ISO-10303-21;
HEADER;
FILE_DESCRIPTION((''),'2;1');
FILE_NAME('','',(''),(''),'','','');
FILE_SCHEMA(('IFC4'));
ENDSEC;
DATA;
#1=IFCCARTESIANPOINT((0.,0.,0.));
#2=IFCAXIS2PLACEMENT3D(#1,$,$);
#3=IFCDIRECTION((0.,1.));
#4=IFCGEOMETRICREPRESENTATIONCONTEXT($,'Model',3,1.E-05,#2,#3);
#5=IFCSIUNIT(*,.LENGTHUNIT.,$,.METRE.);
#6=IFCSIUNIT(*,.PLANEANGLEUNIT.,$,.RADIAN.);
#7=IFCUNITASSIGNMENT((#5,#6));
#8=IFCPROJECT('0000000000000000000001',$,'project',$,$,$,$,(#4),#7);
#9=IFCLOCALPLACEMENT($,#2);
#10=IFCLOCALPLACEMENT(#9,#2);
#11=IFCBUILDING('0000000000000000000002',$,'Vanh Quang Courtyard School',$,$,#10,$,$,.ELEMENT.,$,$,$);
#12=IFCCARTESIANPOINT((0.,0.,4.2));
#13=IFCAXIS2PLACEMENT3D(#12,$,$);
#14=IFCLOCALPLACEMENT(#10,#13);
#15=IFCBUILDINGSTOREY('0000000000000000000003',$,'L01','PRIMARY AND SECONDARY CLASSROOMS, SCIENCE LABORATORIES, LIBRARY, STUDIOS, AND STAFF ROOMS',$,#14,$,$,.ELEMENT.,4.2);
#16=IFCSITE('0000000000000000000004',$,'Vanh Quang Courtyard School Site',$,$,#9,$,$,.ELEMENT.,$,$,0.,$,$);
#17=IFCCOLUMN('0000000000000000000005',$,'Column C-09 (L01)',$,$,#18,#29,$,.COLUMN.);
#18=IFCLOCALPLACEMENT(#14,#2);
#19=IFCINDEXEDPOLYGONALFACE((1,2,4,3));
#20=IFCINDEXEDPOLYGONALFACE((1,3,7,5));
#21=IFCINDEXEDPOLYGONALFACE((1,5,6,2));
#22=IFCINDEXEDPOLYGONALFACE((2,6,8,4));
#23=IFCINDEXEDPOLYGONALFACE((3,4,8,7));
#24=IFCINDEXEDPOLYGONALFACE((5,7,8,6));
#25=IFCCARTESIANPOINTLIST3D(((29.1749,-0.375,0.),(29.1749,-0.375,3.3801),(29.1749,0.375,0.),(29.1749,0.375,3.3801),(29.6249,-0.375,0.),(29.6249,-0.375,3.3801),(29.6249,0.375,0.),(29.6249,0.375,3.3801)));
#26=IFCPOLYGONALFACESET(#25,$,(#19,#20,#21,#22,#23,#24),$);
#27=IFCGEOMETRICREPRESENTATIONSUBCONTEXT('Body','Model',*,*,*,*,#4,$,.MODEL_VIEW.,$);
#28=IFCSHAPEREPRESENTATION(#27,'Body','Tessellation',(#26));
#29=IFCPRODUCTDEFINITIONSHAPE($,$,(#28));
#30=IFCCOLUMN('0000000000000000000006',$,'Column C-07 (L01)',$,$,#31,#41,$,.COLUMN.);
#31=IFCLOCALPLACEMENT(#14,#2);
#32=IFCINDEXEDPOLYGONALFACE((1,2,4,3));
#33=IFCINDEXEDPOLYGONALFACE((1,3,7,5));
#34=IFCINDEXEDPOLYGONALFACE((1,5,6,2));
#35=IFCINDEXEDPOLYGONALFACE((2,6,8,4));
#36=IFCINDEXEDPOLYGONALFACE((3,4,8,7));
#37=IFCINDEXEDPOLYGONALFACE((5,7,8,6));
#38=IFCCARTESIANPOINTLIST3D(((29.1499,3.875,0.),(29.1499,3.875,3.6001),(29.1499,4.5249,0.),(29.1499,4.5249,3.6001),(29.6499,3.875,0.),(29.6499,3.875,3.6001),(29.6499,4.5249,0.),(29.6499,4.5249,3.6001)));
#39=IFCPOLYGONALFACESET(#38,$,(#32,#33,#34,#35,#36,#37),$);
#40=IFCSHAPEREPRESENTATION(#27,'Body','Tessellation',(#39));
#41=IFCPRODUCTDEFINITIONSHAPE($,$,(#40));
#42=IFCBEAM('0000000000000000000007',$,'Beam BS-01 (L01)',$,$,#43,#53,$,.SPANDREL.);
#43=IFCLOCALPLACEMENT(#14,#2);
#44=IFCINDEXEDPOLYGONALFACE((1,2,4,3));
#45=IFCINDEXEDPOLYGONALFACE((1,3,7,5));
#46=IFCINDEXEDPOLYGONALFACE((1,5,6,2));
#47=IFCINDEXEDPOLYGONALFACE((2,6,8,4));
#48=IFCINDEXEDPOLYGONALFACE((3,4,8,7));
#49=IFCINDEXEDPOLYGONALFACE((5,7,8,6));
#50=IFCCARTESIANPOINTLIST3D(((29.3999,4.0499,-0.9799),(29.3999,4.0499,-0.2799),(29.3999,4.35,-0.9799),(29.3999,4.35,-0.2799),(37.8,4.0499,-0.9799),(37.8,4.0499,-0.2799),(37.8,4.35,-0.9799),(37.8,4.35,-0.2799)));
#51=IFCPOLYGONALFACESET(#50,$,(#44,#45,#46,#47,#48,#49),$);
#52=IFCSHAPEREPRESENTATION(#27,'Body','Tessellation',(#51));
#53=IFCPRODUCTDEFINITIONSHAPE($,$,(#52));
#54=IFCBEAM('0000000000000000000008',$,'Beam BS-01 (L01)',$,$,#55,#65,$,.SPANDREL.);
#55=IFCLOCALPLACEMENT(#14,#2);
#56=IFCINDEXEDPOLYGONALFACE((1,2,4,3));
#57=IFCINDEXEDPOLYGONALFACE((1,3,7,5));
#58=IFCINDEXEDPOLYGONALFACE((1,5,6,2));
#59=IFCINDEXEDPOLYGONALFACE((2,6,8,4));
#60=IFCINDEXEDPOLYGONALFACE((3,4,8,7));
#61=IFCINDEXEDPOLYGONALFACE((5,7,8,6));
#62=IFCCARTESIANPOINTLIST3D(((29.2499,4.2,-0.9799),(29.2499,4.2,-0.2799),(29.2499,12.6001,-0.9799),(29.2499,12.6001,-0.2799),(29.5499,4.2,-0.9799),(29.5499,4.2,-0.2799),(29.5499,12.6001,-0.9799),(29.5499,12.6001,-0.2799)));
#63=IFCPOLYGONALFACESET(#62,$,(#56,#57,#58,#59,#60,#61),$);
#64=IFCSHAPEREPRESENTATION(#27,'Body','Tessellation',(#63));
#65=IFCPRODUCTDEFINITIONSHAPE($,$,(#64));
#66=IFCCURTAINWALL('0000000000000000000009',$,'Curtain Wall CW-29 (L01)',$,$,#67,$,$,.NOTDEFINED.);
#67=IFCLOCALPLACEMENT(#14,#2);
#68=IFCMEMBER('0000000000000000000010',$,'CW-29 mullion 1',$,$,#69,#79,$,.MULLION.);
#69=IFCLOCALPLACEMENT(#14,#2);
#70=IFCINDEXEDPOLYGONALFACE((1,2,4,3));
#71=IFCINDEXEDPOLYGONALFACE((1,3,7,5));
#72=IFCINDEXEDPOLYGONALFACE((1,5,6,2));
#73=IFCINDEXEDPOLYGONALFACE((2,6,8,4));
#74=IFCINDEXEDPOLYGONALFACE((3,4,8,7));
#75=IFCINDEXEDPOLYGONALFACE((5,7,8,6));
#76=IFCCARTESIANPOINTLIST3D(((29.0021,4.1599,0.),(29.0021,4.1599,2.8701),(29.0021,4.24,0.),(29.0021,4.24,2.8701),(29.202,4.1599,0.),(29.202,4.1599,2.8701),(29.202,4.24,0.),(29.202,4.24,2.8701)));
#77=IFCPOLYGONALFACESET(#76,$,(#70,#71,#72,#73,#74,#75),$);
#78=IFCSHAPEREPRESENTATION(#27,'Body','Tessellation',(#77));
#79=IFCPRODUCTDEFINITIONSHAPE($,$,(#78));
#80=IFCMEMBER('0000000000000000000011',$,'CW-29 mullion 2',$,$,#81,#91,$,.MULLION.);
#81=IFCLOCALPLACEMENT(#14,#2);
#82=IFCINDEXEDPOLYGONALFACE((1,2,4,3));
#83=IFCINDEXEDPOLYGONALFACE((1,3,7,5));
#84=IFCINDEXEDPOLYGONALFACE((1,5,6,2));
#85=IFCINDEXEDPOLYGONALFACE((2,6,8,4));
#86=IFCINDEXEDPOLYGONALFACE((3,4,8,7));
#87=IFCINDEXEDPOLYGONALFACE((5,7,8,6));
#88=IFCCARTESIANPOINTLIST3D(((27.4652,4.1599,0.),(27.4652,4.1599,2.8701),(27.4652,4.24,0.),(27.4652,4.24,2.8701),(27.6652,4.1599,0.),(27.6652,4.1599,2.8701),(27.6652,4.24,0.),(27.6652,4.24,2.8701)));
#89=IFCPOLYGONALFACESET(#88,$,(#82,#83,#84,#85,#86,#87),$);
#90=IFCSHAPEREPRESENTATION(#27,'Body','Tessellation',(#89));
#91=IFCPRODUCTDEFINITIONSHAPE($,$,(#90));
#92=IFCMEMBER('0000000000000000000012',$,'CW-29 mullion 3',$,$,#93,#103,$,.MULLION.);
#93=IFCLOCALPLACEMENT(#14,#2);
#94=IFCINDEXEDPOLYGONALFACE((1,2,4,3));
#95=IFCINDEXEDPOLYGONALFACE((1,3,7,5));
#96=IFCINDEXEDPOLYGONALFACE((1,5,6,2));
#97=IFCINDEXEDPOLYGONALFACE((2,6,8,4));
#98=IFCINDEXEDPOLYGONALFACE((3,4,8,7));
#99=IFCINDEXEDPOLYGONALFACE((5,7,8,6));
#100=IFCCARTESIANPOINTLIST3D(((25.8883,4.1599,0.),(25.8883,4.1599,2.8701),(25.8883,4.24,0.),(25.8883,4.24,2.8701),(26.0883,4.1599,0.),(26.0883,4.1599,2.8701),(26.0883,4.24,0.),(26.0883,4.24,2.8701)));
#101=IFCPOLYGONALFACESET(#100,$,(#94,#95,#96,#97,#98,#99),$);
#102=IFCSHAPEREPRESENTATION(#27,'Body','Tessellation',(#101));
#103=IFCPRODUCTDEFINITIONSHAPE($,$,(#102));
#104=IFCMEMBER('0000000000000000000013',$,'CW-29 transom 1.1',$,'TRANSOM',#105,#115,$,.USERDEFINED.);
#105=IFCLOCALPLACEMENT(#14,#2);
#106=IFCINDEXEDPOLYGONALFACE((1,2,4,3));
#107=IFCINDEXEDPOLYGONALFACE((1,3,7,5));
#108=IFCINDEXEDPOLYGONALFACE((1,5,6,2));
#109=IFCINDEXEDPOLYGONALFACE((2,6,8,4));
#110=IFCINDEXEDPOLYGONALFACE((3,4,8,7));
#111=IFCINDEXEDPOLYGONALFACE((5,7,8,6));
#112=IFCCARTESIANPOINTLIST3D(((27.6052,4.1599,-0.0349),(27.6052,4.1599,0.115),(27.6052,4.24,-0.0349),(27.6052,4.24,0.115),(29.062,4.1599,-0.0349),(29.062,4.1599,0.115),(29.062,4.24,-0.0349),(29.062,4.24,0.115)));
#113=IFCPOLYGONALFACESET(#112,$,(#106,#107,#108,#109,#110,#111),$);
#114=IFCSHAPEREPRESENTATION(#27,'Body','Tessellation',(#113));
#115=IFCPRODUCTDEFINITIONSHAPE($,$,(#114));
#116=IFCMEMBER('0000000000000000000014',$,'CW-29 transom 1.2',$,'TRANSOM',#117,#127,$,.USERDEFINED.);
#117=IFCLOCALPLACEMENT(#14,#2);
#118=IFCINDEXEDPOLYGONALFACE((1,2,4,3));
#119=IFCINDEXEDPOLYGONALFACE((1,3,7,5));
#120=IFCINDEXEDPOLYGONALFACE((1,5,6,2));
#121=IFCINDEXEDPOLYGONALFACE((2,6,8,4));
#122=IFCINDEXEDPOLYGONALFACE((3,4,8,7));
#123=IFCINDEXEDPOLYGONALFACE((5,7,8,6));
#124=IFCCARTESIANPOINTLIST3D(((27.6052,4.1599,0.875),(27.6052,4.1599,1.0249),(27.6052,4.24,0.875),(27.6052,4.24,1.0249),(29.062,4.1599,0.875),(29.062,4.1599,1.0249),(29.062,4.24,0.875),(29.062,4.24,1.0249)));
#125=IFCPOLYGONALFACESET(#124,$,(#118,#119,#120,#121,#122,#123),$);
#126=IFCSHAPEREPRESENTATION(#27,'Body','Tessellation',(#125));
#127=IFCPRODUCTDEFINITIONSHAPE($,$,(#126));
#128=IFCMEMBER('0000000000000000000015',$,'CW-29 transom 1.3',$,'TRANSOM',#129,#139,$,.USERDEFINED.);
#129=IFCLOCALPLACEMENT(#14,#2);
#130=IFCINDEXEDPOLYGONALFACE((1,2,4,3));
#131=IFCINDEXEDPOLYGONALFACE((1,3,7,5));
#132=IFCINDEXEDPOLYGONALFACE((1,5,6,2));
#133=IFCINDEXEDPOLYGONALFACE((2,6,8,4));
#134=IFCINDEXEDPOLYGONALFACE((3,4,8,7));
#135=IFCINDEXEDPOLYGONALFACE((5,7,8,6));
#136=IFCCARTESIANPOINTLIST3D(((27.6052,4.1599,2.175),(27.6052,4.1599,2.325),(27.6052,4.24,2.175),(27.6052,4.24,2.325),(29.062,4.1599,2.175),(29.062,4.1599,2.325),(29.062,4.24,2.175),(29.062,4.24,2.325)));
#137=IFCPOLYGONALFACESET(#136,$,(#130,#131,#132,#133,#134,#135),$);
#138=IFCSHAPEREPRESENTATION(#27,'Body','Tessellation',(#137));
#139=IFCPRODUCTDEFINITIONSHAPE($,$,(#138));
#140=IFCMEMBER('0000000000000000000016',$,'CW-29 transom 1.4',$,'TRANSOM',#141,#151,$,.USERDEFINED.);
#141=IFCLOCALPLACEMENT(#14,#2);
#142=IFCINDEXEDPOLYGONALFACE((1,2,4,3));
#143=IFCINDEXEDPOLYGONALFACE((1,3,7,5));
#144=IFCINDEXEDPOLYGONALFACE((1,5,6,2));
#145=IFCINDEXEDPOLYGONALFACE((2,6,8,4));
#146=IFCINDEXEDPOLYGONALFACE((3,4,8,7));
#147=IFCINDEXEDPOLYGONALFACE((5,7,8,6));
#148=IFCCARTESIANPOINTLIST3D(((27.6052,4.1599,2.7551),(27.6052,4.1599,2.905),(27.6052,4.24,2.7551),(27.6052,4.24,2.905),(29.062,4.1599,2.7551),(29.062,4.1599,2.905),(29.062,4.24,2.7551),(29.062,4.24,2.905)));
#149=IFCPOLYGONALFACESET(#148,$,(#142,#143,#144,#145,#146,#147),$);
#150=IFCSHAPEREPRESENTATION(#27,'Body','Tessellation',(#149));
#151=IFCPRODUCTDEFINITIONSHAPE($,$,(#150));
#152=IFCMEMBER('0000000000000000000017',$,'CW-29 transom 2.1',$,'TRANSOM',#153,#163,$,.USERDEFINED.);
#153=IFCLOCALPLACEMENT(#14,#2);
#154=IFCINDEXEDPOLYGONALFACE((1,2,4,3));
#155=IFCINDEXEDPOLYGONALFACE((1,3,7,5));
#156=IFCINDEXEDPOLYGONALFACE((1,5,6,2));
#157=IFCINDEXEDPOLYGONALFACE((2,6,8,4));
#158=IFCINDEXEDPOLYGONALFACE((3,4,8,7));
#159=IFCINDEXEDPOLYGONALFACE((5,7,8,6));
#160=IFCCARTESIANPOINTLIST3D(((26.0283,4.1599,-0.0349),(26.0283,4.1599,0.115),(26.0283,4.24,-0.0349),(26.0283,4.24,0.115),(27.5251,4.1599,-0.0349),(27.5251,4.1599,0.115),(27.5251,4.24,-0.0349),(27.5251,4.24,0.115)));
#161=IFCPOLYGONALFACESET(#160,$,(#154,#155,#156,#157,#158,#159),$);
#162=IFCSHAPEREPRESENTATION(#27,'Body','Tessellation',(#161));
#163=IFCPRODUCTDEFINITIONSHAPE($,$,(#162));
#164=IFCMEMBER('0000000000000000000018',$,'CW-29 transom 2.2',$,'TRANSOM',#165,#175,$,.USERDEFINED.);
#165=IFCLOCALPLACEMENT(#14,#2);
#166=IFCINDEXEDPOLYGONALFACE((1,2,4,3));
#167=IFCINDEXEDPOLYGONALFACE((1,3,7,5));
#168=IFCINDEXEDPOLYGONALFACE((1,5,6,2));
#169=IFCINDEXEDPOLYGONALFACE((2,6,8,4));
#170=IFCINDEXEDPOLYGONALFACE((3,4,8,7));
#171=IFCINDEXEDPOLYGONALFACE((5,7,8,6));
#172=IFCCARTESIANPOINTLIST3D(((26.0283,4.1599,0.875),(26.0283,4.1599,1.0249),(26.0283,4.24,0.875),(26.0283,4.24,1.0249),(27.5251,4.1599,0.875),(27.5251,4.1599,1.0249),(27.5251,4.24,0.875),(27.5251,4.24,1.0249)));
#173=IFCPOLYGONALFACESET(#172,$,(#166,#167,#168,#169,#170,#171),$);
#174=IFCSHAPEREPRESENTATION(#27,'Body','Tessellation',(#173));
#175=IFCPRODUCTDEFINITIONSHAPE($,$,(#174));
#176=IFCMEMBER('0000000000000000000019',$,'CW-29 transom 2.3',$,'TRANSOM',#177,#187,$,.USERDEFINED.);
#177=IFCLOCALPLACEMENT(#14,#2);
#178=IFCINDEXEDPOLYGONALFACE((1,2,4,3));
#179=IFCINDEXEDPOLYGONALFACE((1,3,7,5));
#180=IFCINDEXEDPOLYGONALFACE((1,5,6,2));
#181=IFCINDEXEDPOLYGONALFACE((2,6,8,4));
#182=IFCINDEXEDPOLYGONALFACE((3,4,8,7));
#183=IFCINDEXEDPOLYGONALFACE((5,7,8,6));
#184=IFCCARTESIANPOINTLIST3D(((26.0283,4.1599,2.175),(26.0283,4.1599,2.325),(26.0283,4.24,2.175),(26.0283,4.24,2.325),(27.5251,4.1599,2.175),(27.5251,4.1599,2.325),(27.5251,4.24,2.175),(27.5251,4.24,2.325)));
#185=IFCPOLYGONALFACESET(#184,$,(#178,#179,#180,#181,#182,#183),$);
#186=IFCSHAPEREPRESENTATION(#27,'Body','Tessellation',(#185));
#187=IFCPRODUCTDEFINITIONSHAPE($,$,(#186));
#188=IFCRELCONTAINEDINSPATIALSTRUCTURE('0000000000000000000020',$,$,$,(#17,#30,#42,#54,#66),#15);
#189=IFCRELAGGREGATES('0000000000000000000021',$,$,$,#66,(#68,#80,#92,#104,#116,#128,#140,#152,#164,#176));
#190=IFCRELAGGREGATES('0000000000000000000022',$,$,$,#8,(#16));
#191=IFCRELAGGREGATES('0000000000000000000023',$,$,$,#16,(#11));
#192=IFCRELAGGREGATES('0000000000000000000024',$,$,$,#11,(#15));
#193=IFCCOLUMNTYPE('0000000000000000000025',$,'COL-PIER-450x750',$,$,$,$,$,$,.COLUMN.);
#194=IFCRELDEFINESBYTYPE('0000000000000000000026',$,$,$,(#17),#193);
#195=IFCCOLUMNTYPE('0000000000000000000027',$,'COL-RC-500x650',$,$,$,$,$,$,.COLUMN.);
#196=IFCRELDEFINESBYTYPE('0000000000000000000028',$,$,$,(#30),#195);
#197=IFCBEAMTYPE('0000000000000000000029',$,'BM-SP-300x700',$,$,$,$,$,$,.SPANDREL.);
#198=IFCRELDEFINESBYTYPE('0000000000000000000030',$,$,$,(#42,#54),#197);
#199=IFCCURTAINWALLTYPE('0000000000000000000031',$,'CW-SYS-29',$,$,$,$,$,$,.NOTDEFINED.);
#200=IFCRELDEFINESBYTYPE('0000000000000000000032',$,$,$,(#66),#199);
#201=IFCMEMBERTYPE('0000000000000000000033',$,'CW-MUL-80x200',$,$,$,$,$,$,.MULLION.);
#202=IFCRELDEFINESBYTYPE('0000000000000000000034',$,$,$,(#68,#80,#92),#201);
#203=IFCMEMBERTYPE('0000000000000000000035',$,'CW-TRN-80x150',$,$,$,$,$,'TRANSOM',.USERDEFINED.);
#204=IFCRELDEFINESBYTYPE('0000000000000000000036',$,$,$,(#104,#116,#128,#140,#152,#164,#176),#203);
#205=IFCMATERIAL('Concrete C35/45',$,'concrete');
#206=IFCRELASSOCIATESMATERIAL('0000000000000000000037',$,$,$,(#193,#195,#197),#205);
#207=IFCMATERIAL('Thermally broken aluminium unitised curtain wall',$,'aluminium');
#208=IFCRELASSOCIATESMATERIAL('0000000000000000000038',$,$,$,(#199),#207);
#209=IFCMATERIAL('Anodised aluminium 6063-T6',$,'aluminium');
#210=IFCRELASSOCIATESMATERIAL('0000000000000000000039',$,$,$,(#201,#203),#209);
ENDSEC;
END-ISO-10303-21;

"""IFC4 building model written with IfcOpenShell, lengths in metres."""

from ifc_helpers import new_model, si_unit, direction, frame, origin, origin_2d, place, context, subcontext, project, spatial, rectangle, extrude, material, material_profile, profile_set, type_object, element, aggregate, save


model = new_model("IFC4")

# Units and contexts
model_context = context("Model", 3, precision=1e-05, world=origin(), true_north=direction((0.0, 1.0)))
body_context = subcontext(model_context, "Body", "Model", "MODEL_VIEW")
ifc_project = project(units=[si_unit("LENGTHUNIT", "METRE"), si_unit("PLANEANGLEUNIT", "RADIAN")], contexts=[model_context])

# Site, building, storey
site_placement = place(None, origin())
site = spatial("IfcSite", under=ifc_project, at=site_placement, Name="Vanh Quang Courtyard School Site", CompositionType="ELEMENT", RefElevation=0.0)
building_placement = place(site_placement, origin())
building = spatial("IfcBuilding", under=site, at=building_placement, Name="Vanh Quang Courtyard School", CompositionType="ELEMENT")
storey_placement = place(building_placement, frame((0.0, 0.0, 4.2)))
storey = spatial("IfcBuildingStorey", under=building, at=storey_placement, Name="L01", Description="PRIMARY AND SECONDARY CLASSROOMS, SCIENCE LABORATORIES, LIBRARY, STUDIOS, AND STAFF ROOMS", CompositionType="ELEMENT", Elevation=4.2)

# Columns
ifc_material_1 = material(Name="Concrete C35/45", Category="concrete")
ifc_material_profile_1 = material_profile(ifc_material_1, rectangle(XDim=0.45, YDim=0.75, at=origin_2d()), Name="RC-PIER 450x750")
ifc_profile_set_1 = profile_set([ifc_material_profile_1], Name="Concrete C35/45")
column_type_1 = type_object("IfcColumnType", Name="COL-PIER-450x750", PredefinedType="COLUMN", material=ifc_profile_set_1)
column_1_placement = place(storey_placement, frame((29.3999, 0.0, 0.0), z_axis=(0.0, 0.0, 1.0), x_axis=(1.0, 0.0, 0.0)))
element("IfcColumn", 1, at=column_1_placement, inside=storey, type_object=column_type_1, Name="Column C-09 (L01)", PredefinedType="COLUMN", context=body_context, shape_type="SweptSolid", body=[
    extrude(rectangle(XDim=0.45, YDim=0.75, at=origin_2d()), origin(), (0.0, 0.0, 1.0), 3.3801),
])
ifc_material_profile_2 = material_profile(ifc_material_1, rectangle(XDim=0.5, YDim=0.6499, at=origin_2d()), Name="RC-COL 500x650")
ifc_profile_set_2 = profile_set([ifc_material_profile_2], Name="Concrete C35/45")
column_type_2 = type_object("IfcColumnType", Name="COL-RC-500x650", PredefinedType="COLUMN", material=ifc_profile_set_2)
column_2_placement = place(storey_placement, frame((29.3999, 4.2, 0.0), z_axis=(0.0, 0.0, 1.0), x_axis=(1.0, 0.0, 0.0)))
element("IfcColumn", 2, at=column_2_placement, inside=storey, type_object=column_type_2, Name="Column C-07 (L01)", PredefinedType="COLUMN", context=body_context, shape_type="SweptSolid", body=[
    extrude(rectangle(XDim=0.5, YDim=0.6499, at=origin_2d()), origin(), (0.0, 0.0, 1.0), 3.6001),
])

# Beams
ifc_material_profile_3 = material_profile(ifc_material_1, rectangle(XDim=0.3, YDim=0.7, at=origin_2d()), Name="RC-SP 300x700")
ifc_profile_set_3 = profile_set([ifc_material_profile_3], Name="Concrete C35/45")
beam_type = type_object("IfcBeamType", Name="BM-SP-300x700", PredefinedType="SPANDREL", material=ifc_profile_set_3)
for number, where, z_axis, x_axis, name in (
    (3, (29.3999, 4.2, -0.6299), (1.0, 0.0, 0.0), (0.0, 1.0, 0.0), "Beam BS-01 (L01)"),
    (4, (29.3999, 4.2, -0.6299), (0.0, 1.0, 0.0), (-1.0, 0.0, 0.0), "Beam BS-01 (L01)"),
):
    element("IfcBeam", number, at=place(storey_placement, frame(where, z_axis=z_axis, x_axis=x_axis)), inside=storey, type_object=beam_type, Name=name, PredefinedType="SPANDREL", context=body_context, shape_type="SweptSolid", body=[
        extrude(rectangle(XDim=0.3, YDim=0.7, at=origin_2d()), origin(), (0.0, 0.0, 1.0), 8.4001),
    ])

# Curtain wall, members
ifc_material_2 = material(Name="Thermally broken aluminium unitised curtain wall", Category="aluminium")
curtain_wall_type = type_object("IfcCurtainWallType", Name="CW-SYS-29", PredefinedType="NOTDEFINED", material=ifc_material_2)
curtain_wall_placement = place(storey_placement, origin())
curtain_wall = element("IfcCurtainWall", 5, at=curtain_wall_placement, inside=storey, type_object=curtain_wall_type, Name="Curtain Wall CW-29 (L01)", PredefinedType="NOTDEFINED")
ifc_material_3 = material(Name="Anodised aluminium 6063-T6", Category="aluminium")
ifc_material_profile_4 = material_profile(ifc_material_3, rectangle(XDim=0.0801, YDim=0.2, at=origin_2d()), Name="ALU-MUL 80x200")
ifc_profile_set_4 = profile_set([ifc_material_profile_4], Name="Anodised aluminium 6063-T6")
member_type_1 = type_object("IfcMemberType", Name="CW-MUL-80x200", PredefinedType="MULLION", material=ifc_profile_set_4)
member_1_placement = place(storey_placement, frame((29.1021, 4.2, 0.0), z_axis=(0.0, 0.0, 1.0), x_axis=(0.0, -1.0, 0.0)))
member_1 = element("IfcMember", 6, at=member_1_placement, type_object=member_type_1, Name="CW-29 mullion 1", PredefinedType="MULLION", context=body_context, shape_type="SweptSolid", body=[
    extrude(rectangle(XDim=0.0801, YDim=0.2, at=origin_2d()), origin(), (0.0, 0.0, 1.0), 2.8701),
])
member_2_placement = place(storey_placement, frame((27.5652, 4.2, 0.0), z_axis=(0.0, 0.0, 1.0), x_axis=(0.0, -1.0, 0.0)))
member_2 = element("IfcMember", 7, at=member_2_placement, type_object=member_type_1, Name="CW-29 mullion 2", PredefinedType="MULLION", context=body_context, shape_type="SweptSolid", body=[
    extrude(rectangle(XDim=0.0801, YDim=0.2, at=origin_2d()), origin(), (0.0, 0.0, 1.0), 2.8701),
])
member_3_placement = place(storey_placement, frame((25.9883, 4.2, 0.0), z_axis=(0.0, 0.0, 1.0), x_axis=(0.0, -1.0, 0.0)))
member_3 = element("IfcMember", 8, at=member_3_placement, type_object=member_type_1, Name="CW-29 mullion 3", PredefinedType="MULLION", context=body_context, shape_type="SweptSolid", body=[
    extrude(rectangle(XDim=0.0801, YDim=0.2, at=origin_2d()), origin(), (0.0, 0.0, 1.0), 2.8701),
])
ifc_material_profile_5 = material_profile(ifc_material_3, rectangle(XDim=0.0801, YDim=0.1499, at=origin_2d()), Name="ALU-TRN 80x150")
ifc_profile_set_5 = profile_set([ifc_material_profile_5], Name="Anodised aluminium 6063-T6")
member_type_2 = type_object("IfcMemberType", Name="CW-TRN-80x150", ElementType="TRANSOM", PredefinedType="USERDEFINED", material=ifc_profile_set_5)
member_4_placement = place(storey_placement, frame((29.062, 4.2, 0.04), z_axis=(-1.0, 0.0, 0.0), x_axis=(0.0, -1.0, 0.0)))
member_4 = element("IfcMember", 9, at=member_4_placement, type_object=member_type_2, Name="CW-29 transom 1.1", ObjectType="TRANSOM", PredefinedType="USERDEFINED", context=body_context, shape_type="SweptSolid", body=[
    extrude(rectangle(XDim=0.0801, YDim=0.1499, at=origin_2d()), origin(), (0.0, 0.0, 1.0), 1.4568),
])
member_5_placement = place(storey_placement, frame((29.062, 4.2, 0.95), z_axis=(-1.0, 0.0, 0.0), x_axis=(0.0, -1.0, 0.0)))
member_5 = element("IfcMember", 10, at=member_5_placement, type_object=member_type_2, Name="CW-29 transom 1.2", ObjectType="TRANSOM", PredefinedType="USERDEFINED", context=body_context, shape_type="SweptSolid", body=[
    extrude(rectangle(XDim=0.0801, YDim=0.1499, at=origin_2d()), origin(), (0.0, 0.0, 1.0), 1.4568),
])
member_6_placement = place(storey_placement, frame((29.062, 4.2, 2.25), z_axis=(-1.0, 0.0, 0.0), x_axis=(0.0, -1.0, 0.0)))
member_6 = element("IfcMember", 11, at=member_6_placement, type_object=member_type_2, Name="CW-29 transom 1.3", ObjectType="TRANSOM", PredefinedType="USERDEFINED", context=body_context, shape_type="SweptSolid", body=[
    extrude(rectangle(XDim=0.0801, YDim=0.1499, at=origin_2d()), origin(), (0.0, 0.0, 1.0), 1.4568),
])
member_7_placement = place(storey_placement, frame((29.062, 4.2, 2.8301), z_axis=(-1.0, 0.0, 0.0), x_axis=(0.0, -1.0, 0.0)))
member_7 = element("IfcMember", 12, at=member_7_placement, type_object=member_type_2, Name="CW-29 transom 1.4", ObjectType="TRANSOM", PredefinedType="USERDEFINED", context=body_context, shape_type="SweptSolid", body=[
    extrude(rectangle(XDim=0.0801, YDim=0.1499, at=origin_2d()), origin(), (0.0, 0.0, 1.0), 1.4568),
])
member_8_placement = place(storey_placement, frame((27.5251, 4.2, 0.04), z_axis=(-1.0, 0.0, 0.0), x_axis=(0.0, -1.0, 0.0)))
member_8 = element("IfcMember", 13, at=member_8_placement, type_object=member_type_2, Name="CW-29 transom 2.1", ObjectType="TRANSOM", PredefinedType="USERDEFINED", context=body_context, shape_type="SweptSolid", body=[
    extrude(rectangle(XDim=0.0801, YDim=0.1499, at=origin_2d()), origin(), (0.0, 0.0, 1.0), 1.4968),
])
member_9_placement = place(storey_placement, frame((27.5251, 4.2, 0.95), z_axis=(-1.0, 0.0, 0.0), x_axis=(0.0, -1.0, 0.0)))
member_9 = element("IfcMember", 14, at=member_9_placement, type_object=member_type_2, Name="CW-29 transom 2.2", ObjectType="TRANSOM", PredefinedType="USERDEFINED", context=body_context, shape_type="SweptSolid", body=[
    extrude(rectangle(XDim=0.0801, YDim=0.1499, at=origin_2d()), origin(), (0.0, 0.0, 1.0), 1.4968),
])
member_10_placement = place(storey_placement, frame((27.5251, 4.2, 2.25), z_axis=(-1.0, 0.0, 0.0), x_axis=(0.0, -1.0, 0.0)))
member_10 = element("IfcMember", 15, at=member_10_placement, type_object=member_type_2, Name="CW-29 transom 2.3", ObjectType="TRANSOM", PredefinedType="USERDEFINED", context=body_context, shape_type="SweptSolid", body=[
    extrude(rectangle(XDim=0.0801, YDim=0.1499, at=origin_2d()), origin(), (0.0, 0.0, 1.0), 1.4968),
])
aggregate(curtain_wall, [member_1, member_2, member_3, member_4, member_5, member_6, member_7, member_8, member_9, member_10])

save(model, "model.ifc")
